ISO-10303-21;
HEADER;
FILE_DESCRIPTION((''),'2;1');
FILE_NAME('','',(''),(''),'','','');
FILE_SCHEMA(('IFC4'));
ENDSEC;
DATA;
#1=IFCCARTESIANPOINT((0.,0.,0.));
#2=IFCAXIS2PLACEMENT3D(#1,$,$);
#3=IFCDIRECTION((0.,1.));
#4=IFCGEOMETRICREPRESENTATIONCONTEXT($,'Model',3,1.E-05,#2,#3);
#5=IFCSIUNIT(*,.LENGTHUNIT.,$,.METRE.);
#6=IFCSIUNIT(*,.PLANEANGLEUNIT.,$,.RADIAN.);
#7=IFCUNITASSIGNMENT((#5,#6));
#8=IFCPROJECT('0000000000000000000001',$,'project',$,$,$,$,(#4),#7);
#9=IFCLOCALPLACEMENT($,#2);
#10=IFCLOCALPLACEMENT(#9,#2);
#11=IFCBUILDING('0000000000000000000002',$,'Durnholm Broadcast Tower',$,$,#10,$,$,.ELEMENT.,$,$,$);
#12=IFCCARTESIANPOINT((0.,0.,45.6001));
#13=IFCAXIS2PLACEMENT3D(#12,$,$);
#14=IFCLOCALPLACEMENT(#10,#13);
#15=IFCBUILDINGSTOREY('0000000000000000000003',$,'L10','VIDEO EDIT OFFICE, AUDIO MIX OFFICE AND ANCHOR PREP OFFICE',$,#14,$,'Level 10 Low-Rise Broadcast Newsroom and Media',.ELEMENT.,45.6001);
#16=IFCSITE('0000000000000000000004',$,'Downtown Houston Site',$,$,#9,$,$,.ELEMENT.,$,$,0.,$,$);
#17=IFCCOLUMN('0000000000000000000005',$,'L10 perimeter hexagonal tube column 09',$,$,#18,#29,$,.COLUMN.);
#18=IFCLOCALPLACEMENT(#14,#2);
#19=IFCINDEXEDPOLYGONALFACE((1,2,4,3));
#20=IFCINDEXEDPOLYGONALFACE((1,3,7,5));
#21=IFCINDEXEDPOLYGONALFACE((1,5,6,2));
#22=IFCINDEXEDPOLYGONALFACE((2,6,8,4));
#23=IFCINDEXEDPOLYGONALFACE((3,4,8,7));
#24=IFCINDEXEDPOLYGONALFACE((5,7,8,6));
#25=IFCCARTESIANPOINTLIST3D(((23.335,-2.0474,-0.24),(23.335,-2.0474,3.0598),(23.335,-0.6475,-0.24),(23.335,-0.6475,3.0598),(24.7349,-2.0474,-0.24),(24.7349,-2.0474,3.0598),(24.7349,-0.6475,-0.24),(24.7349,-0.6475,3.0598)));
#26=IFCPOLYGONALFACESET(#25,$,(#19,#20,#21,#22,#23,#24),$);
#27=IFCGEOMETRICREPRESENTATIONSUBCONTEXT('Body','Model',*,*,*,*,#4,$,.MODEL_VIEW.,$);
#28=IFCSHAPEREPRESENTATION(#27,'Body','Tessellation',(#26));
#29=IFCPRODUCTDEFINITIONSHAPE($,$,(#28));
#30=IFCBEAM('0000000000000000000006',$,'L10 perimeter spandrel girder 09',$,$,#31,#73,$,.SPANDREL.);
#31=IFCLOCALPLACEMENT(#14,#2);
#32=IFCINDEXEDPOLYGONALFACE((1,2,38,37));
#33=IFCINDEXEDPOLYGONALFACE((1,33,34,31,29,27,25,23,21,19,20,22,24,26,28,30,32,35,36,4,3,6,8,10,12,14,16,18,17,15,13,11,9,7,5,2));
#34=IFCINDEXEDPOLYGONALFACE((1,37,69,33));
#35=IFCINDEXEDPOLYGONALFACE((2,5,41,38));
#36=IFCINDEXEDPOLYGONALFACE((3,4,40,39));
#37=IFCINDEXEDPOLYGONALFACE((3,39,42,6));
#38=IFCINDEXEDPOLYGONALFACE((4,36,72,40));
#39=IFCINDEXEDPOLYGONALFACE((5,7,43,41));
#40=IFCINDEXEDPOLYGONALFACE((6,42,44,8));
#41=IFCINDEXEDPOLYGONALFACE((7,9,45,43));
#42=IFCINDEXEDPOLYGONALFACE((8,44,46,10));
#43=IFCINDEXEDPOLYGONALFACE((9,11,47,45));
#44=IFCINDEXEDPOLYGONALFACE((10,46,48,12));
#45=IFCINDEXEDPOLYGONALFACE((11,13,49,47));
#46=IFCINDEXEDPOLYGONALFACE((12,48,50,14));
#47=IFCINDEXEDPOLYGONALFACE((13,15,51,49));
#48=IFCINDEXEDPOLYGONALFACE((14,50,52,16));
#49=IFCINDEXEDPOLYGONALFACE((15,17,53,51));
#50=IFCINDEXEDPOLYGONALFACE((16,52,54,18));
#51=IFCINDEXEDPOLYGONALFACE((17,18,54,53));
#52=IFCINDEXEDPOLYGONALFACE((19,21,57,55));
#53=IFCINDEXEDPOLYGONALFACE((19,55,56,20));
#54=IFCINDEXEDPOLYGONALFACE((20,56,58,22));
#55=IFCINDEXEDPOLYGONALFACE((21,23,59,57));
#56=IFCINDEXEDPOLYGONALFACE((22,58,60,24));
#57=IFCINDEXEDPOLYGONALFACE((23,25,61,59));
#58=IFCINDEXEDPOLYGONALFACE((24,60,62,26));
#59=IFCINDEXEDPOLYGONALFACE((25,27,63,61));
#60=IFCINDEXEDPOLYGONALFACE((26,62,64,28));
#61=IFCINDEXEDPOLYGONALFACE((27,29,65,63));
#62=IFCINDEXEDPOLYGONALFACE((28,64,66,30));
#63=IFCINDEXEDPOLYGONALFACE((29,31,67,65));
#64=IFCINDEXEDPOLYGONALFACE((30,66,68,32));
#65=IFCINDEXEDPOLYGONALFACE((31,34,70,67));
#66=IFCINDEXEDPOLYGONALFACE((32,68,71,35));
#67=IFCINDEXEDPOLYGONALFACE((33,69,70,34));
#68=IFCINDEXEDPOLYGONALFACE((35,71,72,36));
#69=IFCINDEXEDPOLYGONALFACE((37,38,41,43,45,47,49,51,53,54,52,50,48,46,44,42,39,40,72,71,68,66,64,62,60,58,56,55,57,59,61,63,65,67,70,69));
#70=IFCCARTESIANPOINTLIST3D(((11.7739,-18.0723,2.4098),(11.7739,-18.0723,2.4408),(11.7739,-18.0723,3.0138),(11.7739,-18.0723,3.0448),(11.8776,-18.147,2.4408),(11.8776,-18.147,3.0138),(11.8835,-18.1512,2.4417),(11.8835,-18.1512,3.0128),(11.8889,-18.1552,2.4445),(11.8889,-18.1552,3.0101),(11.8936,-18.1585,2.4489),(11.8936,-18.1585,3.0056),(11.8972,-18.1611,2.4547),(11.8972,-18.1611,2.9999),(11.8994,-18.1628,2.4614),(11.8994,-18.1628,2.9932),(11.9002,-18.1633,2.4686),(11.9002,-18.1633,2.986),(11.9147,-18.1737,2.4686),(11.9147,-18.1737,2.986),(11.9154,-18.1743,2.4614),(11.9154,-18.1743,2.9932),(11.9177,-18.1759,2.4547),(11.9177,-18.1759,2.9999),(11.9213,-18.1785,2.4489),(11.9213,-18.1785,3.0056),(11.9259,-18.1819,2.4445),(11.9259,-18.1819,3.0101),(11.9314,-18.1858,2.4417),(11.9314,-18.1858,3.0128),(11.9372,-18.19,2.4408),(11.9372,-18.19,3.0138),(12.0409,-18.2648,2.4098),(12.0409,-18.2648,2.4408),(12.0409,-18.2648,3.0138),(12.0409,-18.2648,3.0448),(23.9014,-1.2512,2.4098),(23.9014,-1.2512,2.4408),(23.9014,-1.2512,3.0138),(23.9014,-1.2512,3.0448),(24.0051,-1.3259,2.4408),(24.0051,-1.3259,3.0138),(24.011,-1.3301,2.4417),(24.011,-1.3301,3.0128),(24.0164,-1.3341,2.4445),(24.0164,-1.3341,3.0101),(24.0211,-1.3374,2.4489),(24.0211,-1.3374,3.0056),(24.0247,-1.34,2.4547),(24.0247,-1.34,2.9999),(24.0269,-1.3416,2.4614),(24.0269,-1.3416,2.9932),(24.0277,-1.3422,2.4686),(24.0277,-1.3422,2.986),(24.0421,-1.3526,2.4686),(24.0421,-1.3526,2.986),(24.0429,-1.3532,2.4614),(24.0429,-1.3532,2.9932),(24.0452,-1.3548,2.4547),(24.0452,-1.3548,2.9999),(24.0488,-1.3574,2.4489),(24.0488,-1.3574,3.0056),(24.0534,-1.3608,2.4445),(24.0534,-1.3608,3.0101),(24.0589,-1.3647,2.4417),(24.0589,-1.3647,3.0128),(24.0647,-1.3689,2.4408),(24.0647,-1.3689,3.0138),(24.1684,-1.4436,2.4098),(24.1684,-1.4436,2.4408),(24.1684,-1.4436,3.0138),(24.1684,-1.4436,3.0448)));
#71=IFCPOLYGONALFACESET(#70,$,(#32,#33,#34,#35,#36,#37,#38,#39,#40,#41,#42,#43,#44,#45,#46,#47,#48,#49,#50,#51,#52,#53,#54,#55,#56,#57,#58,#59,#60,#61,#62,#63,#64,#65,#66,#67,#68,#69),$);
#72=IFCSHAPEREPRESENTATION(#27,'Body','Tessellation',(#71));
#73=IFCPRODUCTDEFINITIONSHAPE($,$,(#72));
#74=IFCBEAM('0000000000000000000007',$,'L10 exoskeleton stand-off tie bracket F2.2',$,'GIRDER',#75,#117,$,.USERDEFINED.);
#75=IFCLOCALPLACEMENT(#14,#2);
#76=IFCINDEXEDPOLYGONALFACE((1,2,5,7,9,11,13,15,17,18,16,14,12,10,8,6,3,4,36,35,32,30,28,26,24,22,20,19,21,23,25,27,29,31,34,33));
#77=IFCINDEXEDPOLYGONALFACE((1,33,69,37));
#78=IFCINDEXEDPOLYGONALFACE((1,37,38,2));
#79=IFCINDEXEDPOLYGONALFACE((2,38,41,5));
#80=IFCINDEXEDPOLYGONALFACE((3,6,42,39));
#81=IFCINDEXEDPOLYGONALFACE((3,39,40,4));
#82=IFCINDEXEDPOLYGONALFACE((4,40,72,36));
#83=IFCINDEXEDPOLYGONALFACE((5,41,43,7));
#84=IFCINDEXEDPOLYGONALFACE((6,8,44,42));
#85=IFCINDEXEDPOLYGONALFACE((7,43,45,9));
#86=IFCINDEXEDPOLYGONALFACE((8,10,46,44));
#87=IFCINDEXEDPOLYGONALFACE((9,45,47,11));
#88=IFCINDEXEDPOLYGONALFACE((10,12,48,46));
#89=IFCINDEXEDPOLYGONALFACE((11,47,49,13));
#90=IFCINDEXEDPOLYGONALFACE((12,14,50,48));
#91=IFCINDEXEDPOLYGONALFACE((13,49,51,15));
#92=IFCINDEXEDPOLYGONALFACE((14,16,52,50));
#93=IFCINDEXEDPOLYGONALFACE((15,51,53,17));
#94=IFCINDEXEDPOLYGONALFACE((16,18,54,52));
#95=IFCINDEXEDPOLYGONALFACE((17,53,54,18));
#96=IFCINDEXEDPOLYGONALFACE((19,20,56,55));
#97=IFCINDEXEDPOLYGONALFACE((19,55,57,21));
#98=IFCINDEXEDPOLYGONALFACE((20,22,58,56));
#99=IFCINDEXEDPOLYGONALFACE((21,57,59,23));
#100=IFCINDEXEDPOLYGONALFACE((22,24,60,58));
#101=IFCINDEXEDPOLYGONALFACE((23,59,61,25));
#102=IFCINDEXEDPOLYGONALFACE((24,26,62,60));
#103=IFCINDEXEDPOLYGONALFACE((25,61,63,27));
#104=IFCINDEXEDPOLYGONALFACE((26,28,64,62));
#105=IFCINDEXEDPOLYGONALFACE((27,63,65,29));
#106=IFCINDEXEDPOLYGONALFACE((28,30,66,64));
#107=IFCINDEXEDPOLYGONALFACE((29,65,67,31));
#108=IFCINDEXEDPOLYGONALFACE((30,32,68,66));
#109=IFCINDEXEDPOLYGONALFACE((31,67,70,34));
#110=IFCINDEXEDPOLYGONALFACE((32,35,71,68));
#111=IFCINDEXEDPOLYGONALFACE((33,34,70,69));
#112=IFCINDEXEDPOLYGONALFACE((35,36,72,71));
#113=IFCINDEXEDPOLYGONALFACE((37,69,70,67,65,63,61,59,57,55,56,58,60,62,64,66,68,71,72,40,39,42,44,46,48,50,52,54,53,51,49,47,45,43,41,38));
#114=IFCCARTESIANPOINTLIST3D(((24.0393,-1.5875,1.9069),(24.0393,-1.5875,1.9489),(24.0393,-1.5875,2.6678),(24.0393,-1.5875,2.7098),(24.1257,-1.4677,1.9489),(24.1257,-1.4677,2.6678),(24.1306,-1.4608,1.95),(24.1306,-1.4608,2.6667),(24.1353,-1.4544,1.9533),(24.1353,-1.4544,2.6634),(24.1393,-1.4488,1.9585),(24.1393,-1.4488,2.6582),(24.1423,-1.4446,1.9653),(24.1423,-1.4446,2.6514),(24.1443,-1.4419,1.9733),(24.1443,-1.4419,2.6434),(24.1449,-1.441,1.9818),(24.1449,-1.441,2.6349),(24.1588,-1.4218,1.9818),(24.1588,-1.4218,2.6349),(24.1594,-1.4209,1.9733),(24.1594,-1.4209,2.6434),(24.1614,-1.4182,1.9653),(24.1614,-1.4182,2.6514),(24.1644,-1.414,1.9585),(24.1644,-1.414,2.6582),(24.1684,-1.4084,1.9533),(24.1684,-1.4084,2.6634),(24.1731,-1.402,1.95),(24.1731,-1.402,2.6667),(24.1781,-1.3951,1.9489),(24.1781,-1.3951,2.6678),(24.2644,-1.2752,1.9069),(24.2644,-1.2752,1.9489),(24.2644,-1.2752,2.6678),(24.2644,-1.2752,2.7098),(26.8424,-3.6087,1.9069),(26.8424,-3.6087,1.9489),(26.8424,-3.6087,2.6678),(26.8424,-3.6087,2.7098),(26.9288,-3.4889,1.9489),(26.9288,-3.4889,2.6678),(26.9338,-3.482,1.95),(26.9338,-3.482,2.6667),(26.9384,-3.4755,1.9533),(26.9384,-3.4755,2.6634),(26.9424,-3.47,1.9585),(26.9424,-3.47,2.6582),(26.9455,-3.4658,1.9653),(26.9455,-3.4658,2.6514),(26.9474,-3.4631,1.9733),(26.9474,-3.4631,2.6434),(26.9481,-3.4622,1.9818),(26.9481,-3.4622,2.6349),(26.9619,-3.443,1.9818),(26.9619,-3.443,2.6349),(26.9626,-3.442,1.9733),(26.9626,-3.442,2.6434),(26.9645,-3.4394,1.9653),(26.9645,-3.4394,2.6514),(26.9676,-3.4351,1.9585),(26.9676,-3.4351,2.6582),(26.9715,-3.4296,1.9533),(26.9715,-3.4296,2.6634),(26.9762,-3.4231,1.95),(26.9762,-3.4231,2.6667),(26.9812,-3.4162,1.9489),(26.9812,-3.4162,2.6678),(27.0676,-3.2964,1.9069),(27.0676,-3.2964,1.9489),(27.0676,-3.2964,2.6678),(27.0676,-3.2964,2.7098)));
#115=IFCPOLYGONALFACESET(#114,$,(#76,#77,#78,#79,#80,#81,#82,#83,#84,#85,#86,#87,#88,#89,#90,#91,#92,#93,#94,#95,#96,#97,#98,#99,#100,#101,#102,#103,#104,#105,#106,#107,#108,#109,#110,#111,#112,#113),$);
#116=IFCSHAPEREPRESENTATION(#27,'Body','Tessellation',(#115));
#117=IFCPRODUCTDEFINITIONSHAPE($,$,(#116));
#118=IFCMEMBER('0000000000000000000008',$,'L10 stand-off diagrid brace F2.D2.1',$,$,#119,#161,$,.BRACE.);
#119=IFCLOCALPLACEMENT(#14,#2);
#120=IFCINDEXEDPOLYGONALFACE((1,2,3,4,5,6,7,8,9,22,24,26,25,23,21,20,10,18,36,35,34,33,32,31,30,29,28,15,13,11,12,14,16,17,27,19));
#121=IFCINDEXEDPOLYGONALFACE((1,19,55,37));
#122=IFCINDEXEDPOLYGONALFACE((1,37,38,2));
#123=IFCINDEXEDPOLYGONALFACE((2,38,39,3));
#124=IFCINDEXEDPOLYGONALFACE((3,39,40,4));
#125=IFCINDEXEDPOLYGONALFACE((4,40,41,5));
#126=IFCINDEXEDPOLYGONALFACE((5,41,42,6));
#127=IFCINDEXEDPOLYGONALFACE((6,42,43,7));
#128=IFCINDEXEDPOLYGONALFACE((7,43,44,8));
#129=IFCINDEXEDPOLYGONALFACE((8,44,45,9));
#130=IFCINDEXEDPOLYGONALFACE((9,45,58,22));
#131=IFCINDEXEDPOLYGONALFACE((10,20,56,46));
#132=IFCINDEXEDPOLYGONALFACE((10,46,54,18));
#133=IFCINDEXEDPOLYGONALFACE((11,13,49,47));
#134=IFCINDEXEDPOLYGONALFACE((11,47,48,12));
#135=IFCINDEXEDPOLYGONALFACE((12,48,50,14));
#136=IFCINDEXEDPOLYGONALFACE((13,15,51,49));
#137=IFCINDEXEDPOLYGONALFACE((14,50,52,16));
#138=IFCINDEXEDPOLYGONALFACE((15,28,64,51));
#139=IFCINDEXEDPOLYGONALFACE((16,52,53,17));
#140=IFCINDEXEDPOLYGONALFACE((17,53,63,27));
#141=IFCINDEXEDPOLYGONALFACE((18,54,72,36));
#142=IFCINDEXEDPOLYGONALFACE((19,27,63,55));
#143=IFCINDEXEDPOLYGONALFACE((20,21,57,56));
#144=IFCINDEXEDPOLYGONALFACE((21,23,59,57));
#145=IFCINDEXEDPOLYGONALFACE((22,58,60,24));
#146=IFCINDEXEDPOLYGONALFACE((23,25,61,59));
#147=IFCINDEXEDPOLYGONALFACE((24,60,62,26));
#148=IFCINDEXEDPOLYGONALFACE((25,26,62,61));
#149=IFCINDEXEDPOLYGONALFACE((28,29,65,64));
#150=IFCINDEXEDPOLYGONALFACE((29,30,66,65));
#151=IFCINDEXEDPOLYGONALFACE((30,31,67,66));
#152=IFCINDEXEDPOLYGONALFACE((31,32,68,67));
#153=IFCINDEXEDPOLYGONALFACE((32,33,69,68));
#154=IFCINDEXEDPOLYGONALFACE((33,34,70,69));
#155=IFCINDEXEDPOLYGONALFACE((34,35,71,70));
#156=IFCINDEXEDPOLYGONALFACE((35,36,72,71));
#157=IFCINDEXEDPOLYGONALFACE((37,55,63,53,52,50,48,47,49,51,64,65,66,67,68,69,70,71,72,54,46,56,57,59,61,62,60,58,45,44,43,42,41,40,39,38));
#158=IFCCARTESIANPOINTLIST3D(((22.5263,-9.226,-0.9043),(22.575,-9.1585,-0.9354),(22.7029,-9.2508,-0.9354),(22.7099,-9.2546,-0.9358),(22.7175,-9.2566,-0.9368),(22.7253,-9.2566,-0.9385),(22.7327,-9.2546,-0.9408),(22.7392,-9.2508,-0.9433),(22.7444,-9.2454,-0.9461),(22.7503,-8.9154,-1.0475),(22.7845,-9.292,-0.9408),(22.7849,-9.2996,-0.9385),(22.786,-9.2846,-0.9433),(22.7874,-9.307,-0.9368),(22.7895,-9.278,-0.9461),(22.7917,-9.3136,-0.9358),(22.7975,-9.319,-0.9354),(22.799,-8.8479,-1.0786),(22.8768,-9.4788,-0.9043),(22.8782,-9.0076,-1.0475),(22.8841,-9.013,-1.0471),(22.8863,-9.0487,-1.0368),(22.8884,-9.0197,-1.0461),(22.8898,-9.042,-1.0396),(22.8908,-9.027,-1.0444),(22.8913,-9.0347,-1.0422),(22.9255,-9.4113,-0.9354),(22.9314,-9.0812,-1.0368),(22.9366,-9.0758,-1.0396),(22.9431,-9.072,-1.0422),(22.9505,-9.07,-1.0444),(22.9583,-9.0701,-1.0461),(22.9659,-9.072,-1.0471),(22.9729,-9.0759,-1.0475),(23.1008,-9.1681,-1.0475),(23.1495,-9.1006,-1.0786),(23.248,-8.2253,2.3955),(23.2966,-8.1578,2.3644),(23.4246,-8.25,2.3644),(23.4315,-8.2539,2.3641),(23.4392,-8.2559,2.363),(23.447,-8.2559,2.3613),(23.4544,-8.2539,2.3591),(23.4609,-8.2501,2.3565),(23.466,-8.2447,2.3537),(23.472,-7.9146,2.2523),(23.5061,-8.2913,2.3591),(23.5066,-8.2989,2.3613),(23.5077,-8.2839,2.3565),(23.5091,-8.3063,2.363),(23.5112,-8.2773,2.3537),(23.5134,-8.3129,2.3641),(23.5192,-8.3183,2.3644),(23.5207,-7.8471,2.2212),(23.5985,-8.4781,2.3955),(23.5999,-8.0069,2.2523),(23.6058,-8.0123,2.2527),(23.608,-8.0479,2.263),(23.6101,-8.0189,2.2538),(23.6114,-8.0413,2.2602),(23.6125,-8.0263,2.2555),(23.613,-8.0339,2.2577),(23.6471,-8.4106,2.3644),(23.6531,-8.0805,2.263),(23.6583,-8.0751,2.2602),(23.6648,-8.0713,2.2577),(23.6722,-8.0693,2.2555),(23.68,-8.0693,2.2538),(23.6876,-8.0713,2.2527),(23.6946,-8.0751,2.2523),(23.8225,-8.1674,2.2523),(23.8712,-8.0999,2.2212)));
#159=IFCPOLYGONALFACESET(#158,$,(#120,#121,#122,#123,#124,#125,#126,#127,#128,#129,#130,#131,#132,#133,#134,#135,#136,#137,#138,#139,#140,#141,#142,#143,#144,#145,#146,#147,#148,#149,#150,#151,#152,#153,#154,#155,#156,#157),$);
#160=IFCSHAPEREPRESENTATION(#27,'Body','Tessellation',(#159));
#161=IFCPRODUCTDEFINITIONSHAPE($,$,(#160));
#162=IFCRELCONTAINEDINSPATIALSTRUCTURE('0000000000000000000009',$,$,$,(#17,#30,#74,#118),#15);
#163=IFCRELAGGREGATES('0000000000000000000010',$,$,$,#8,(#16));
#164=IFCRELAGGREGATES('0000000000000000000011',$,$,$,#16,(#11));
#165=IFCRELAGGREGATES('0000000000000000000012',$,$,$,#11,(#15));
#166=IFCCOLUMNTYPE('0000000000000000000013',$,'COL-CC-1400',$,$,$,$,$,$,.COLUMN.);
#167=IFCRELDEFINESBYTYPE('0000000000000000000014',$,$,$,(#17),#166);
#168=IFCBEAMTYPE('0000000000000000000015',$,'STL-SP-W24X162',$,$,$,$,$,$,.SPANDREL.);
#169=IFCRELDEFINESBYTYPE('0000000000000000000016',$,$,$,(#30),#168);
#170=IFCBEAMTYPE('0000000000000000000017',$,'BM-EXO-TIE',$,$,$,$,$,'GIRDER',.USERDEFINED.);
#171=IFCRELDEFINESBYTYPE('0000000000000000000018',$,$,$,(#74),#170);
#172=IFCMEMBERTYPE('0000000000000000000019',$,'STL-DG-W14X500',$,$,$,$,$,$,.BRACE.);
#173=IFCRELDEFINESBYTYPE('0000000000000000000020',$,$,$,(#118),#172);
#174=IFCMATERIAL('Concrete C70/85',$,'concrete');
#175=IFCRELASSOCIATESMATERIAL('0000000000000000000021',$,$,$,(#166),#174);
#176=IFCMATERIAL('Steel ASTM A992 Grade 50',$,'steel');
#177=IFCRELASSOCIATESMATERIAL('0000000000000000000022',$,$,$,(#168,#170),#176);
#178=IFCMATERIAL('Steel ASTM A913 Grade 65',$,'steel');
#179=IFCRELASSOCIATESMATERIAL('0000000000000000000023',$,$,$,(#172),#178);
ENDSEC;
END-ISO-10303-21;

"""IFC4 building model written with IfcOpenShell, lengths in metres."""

from ifc_helpers import new_model, si_unit, direction, frame, origin, origin_2d, place, context, subcontext, project, spatial, rectangle, i_section, extrude, source, transform, mapped, material, material_profile, profile_set, type_object, type_shapes, element, save


model = new_model("IFC4")

# Units and contexts
model_context = context("Model", 3, precision=1e-05, world=origin(), true_north=direction((0.0, 1.0)))
body_context = subcontext(model_context, "Body", "Model", "MODEL_VIEW")
ifc_project = project(units=[si_unit("LENGTHUNIT", "METRE"), si_unit("PLANEANGLEUNIT", "RADIAN")], contexts=[model_context])

# Site, building, storey
site_placement = place(None, origin())
site = spatial("IfcSite", under=ifc_project, at=site_placement, Name="Downtown Houston Site", CompositionType="ELEMENT", RefElevation=0.0)
building_placement = place(site_placement, origin())
building = spatial("IfcBuilding", under=site, at=building_placement, Name="Durnholm Broadcast Tower", CompositionType="ELEMENT")
storey_placement = place(building_placement, frame((0.0, 0.0, 45.6001)))
storey = spatial("IfcBuildingStorey", under=building, at=storey_placement, Name="L10", Description="VIDEO EDIT OFFICE, AUDIO MIX OFFICE AND ANCHOR PREP OFFICE", LongName="Level 10 Low-Rise Broadcast Newsroom and Media", CompositionType="ELEMENT", Elevation=45.6001)

# Column
ifc_material_1 = material(Name="Concrete C70/85", Category="concrete")
ifc_material_profile_1 = material_profile(ifc_material_1, rectangle(XDim=1.3999, YDim=1.3999, at=origin_2d()), Name="RC1400X1400")
ifc_profile_set_1 = profile_set([ifc_material_profile_1], Name="Concrete C70/85")
column_type = type_object("IfcColumnType", Name="COL-CC-1400", PredefinedType="COLUMN", material=ifc_profile_set_1)
shared_shape_1 = source(origin(), body_context, "Body", "SweptSolid", [
    extrude(rectangle(XDim=1.3999, YDim=1.3999, at=origin_2d()), origin(), (0.0, 0.0, 1.0), 3.2998),
])
type_shapes(column_type, [shared_shape_1])
column_placement = place(storey_placement, frame((24.0349, -1.3474, -0.24), z_axis=(0.0, 0.0, 1.0), x_axis=(1.0, 0.0, 0.0)))
element("IfcColumn", 1, at=column_placement, inside=storey, type_object=column_type, Name="L10 perimeter hexagonal tube column 09", PredefinedType="COLUMN", context=body_context, shape_type="MappedRepresentation", body=[
    mapped(shared_shape_1, transform((0.0, 0.0, 0.0), x_axis=(1.0, 0.0, 0.0), y_axis=(0.0, 1.0, 0.0), z_axis=(0.0, 0.0, 1.0), scale=1.0)),
])

# Beams
ifc_material_2 = material(Name="Steel ASTM A992 Grade 50", Category="steel")
ifc_material_profile_2 = material_profile(ifc_material_2, i_section(OverallWidth=0.3291, OverallDepth=0.635, WebThickness=0.0178, FlangeThickness=0.031, FilletRadius=0.0278, at=origin_2d()), Name="W24X162")
ifc_profile_set_2 = profile_set([ifc_material_profile_2], Name="Steel ASTM A992 Grade 50")
beam_type_1 = type_object("IfcBeamType", Name="STL-SP-W24X162", PredefinedType="SPANDREL", material=ifc_profile_set_2)
shared_shape_2 = source(origin(), body_context, "Body", "SweptSolid", [
    extrude(i_section(OverallWidth=0.3291, OverallDepth=0.635, WebThickness=0.0178, FlangeThickness=0.031, FilletRadius=0.0278, at=origin_2d()), origin(), (0.0, 0.0, 1.0), 20.7371),
])
type_shapes(beam_type_1, [shared_shape_2])
beam_1_placement = place(storey_placement, frame((24.0349, -1.3474, 2.7273), z_axis=(-0.584822, -0.811162, 0.0), x_axis=(0.811162, -0.584822, 0.0)))
element("IfcBeam", 2, at=beam_1_placement, inside=storey, type_object=beam_type_1, Name="L10 perimeter spandrel girder 09", PredefinedType="SPANDREL", context=body_context, shape_type="MappedRepresentation", body=[
    mapped(shared_shape_2, transform((0.0, 0.0, 0.0), x_axis=(1.0, 0.0, 0.0), y_axis=(0.0, 1.0, 0.0), z_axis=(0.0, 0.0, 1.0), scale=1.0)),
])
ifc_material_profile_3 = material_profile(ifc_material_2, i_section(OverallWidth=0.385, OverallDepth=0.803, WebThickness=0.0237, FlangeThickness=0.042, FilletRadius=0.033, at=origin_2d()), Name="W30X261")
ifc_profile_set_3 = profile_set([ifc_material_profile_3], Name="Steel ASTM A992 Grade 50")
beam_type_2 = type_object("IfcBeamType", Name="BM-EXO-TIE", ElementType="GIRDER", PredefinedType="USERDEFINED", material=ifc_profile_set_3)
shared_shape_3 = source(origin(), body_context, "Body", "SweptSolid", [
    extrude(i_section(OverallWidth=0.385, OverallDepth=0.803, WebThickness=0.0237, FlangeThickness=0.042, FilletRadius=0.033, at=origin_2d()), origin(), (0.0, 0.0, 1.0), 3.4558),
])
type_shapes(beam_type_2, [shared_shape_3])
beam_2_placement = place(storey_placement, frame((24.1519, -1.4314, 2.3083), z_axis=(0.811134, -0.584861, 0.0), x_axis=(0.584861, 0.811134, 0.0)))
element("IfcBeam", 3, at=beam_2_placement, inside=storey, type_object=beam_type_2, Name="L10 exoskeleton stand-off tie bracket F2.2", ObjectType="GIRDER", PredefinedType="USERDEFINED", context=body_context, shape_type="MappedRepresentation", body=[
    mapped(shared_shape_3, transform((0.0, 0.0, 0.0), x_axis=(1.0, 0.0, 0.0), y_axis=(0.0, 1.0, 0.0), z_axis=(0.0, 0.0, 1.0), scale=1.0)),
])

# Member
ifc_material_3 = material(Name="Steel ASTM A913 Grade 65", Category="steel")
ifc_material_profile_4 = material_profile(ifc_material_3, i_section(OverallWidth=0.4321, OverallDepth=0.4978, WebThickness=0.0557, FlangeThickness=0.0889, FilletRadius=0.0305, at=origin_2d()), Name="W14X500")
ifc_profile_set_4 = profile_set([ifc_material_profile_4], Name="Steel ASTM A913 Grade 65")
member_type_1 = type_object("IfcMemberType", Name="STL-DG-W14X500", PredefinedType="BRACE", material=ifc_profile_set_4)
shared_shape_4 = source(origin(), body_context, "Body", "SweptSolid", [
    extrude(i_section(OverallWidth=0.4321, OverallDepth=0.4978, WebThickness=0.0557, FlangeThickness=0.0889, FilletRadius=0.0305, at=origin_2d()), origin(), (0.0, 0.0, 1.0), 3.5229),
])
type_shapes(member_type_1, [shared_shape_4])
for number, where, z_axis, x_axis, name in (
    (4, (22.8379, -9.1633, -0.9915), (0.204852, 0.284063, 0.936666), (-0.811091, 0.58492, 0.0), "L10 stand-off diagrid brace F2.D2.1"),
):
    element("IfcMember", number, at=place(storey_placement, frame(where, z_axis=z_axis, x_axis=x_axis)), inside=storey, type_object=member_type_1, Name=name, PredefinedType="BRACE", context=body_context, shape_type="MappedRepresentation", body=[
        mapped(shared_shape_4, transform((0.0, 0.0, 0.0), x_axis=(1.0, 0.0, 0.0), y_axis=(0.0, 1.0, 0.0), z_axis=(0.0, 0.0, 1.0), scale=1.0)),
    ])

save(model, "model.ifc")
